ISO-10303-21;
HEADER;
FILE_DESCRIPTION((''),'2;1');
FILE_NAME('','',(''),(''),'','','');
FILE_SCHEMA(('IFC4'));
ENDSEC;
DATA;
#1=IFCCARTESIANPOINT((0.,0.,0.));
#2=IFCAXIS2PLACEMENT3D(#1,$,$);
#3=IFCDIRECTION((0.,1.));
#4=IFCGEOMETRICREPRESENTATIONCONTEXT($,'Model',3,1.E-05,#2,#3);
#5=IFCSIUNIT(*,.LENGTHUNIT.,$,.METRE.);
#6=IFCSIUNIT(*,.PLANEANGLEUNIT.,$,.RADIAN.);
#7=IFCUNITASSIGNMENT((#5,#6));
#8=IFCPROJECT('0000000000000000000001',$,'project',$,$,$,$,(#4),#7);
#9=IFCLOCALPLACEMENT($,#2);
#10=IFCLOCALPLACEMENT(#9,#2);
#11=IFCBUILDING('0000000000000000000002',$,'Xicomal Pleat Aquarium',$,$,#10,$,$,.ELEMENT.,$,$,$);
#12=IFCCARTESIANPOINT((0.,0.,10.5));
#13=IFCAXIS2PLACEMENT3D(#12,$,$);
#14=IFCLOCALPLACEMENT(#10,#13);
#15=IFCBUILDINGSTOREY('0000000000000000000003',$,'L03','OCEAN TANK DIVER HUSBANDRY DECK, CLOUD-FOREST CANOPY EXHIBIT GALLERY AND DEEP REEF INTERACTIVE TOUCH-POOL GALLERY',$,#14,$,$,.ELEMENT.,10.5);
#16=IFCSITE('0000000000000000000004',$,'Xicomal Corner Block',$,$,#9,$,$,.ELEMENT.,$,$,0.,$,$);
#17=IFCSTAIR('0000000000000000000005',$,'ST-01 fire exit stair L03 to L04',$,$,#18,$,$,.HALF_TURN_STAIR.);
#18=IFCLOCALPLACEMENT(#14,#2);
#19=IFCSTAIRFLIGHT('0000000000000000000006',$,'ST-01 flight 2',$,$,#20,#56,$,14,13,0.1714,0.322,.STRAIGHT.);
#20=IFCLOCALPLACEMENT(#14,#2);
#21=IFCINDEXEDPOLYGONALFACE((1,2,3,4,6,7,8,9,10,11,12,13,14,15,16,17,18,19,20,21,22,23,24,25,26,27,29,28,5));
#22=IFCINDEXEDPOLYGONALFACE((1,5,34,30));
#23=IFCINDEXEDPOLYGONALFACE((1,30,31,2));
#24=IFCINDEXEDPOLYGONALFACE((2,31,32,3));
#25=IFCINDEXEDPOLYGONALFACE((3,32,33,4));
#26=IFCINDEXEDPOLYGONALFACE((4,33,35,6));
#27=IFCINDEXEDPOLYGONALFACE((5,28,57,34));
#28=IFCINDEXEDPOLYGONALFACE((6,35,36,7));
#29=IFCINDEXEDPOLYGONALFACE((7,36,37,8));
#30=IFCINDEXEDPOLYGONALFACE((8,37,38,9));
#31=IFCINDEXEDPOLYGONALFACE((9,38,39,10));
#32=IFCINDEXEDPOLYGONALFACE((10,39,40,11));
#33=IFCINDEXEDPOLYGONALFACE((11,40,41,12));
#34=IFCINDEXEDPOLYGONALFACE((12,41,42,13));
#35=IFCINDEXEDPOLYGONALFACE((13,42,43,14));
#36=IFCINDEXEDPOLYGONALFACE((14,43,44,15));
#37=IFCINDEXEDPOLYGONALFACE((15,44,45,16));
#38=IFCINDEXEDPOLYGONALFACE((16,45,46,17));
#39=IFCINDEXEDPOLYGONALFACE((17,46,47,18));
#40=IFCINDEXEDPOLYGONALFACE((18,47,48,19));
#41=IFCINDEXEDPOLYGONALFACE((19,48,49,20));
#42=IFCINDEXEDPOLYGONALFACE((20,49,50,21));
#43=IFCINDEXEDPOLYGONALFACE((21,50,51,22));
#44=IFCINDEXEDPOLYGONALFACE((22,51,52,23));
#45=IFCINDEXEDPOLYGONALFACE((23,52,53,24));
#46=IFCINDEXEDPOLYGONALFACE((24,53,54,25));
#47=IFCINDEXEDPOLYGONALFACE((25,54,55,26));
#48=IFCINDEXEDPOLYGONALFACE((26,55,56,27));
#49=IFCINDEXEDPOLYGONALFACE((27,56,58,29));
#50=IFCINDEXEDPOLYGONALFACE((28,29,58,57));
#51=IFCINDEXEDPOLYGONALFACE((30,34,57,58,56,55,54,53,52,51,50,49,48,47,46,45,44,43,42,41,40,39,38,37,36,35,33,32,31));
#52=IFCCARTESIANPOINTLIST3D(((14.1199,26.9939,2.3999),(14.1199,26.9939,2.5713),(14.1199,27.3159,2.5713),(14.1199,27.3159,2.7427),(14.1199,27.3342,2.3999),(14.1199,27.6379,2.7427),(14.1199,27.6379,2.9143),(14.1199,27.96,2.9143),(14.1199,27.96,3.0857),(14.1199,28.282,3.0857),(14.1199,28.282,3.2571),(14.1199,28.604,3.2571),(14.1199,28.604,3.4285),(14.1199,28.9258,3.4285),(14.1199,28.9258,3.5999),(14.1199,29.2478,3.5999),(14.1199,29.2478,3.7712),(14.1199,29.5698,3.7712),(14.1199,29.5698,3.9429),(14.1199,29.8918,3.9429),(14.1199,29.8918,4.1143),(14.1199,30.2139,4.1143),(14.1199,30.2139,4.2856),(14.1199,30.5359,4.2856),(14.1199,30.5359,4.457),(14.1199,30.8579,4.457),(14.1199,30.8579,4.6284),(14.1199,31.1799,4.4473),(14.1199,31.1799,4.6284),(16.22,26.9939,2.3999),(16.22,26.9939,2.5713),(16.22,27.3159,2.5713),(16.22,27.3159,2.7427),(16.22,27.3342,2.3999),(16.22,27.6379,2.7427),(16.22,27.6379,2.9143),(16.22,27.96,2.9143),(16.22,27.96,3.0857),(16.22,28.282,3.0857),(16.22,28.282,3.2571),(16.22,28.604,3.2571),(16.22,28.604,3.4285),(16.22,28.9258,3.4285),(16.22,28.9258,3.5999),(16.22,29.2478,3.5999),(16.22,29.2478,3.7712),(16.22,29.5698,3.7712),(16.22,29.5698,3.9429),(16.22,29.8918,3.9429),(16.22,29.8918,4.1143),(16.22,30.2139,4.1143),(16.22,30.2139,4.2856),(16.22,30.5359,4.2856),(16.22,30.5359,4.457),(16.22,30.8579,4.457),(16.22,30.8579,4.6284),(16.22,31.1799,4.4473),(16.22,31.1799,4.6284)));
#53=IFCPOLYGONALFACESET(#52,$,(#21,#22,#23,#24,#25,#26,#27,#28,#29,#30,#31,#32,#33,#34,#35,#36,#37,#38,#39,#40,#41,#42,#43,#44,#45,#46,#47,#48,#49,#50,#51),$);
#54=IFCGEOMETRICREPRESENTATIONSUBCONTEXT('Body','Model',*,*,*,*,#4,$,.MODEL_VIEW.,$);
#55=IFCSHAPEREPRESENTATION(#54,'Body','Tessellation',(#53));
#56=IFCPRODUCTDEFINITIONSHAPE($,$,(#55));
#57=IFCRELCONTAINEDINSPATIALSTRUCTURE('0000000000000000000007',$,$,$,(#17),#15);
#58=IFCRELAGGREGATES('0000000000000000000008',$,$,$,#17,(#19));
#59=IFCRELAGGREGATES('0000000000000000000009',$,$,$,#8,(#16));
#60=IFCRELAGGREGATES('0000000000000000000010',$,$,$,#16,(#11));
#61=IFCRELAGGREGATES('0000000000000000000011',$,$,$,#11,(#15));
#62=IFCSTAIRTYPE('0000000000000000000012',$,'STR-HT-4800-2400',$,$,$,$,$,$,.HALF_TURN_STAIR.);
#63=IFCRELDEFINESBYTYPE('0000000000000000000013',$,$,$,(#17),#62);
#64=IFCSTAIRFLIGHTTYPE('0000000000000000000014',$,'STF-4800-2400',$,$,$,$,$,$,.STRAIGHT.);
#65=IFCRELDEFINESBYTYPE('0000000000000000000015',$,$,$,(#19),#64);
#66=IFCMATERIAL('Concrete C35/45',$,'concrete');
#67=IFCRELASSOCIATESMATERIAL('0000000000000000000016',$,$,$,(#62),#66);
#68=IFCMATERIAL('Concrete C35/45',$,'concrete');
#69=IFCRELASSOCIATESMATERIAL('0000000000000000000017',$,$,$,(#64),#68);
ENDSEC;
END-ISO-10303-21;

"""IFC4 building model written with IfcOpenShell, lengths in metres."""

from ifc_helpers import new_model, si_unit, direction, frame, origin, place, context, subcontext, project, spatial, polyline, outline, extrude, material, type_object, element, aggregate, save


model = new_model("IFC4")

# Units and contexts
model_context = context("Model", 3, precision=1e-05, world=origin(), true_north=direction((0.0, 1.0)))
body_context = subcontext(model_context, "Body", "Model", "MODEL_VIEW")
ifc_project = project(units=[si_unit("LENGTHUNIT", "METRE"), si_unit("PLANEANGLEUNIT", "RADIAN")], contexts=[model_context])

# Site, building, storey
site_placement = place(None, origin())
site = spatial("IfcSite", under=ifc_project, at=site_placement, Name="Xicomal Corner Block", CompositionType="ELEMENT", RefElevation=0.0)
building_placement = place(site_placement, origin())
building = spatial("IfcBuilding", under=site, at=building_placement, Name="Xicomal Pleat Aquarium", CompositionType="ELEMENT")
storey_placement = place(building_placement, frame((0.0, 0.0, 10.5)))
storey = spatial("IfcBuildingStorey", under=building, at=storey_placement, Name="L03", Description="OCEAN TANK DIVER HUSBANDRY DECK, CLOUD-FOREST CANOPY EXHIBIT GALLERY AND DEEP REEF INTERACTIVE TOUCH-POOL GALLERY", CompositionType="ELEMENT", Elevation=10.5)

# Stair, stair flight
ifc_material_1 = material(Name="Concrete C35/45", Category="concrete")
stair_type = type_object("IfcStairType", Name="STR-HT-4800-2400", PredefinedType="HALF_TURN_STAIR", material=ifc_material_1)
stair_placement = place(storey_placement, origin())
stair = element("IfcStair", 1, at=stair_placement, inside=storey, type_object=stair_type, Name="ST-01 fire exit stair L03 to L04", PredefinedType="HALF_TURN_STAIR")
ifc_material_2 = material(Name="Concrete C35/45", Category="concrete")
stair_flight_type = type_object("IfcStairFlightType", Name="STF-4800-2400", PredefinedType="STRAIGHT", material=ifc_material_2)
stair_flight_1_placement = place(storey_placement, frame((15.1699, 26.9939, 2.3999), z_axis=(0.0, 0.0, 1.0), x_axis=(0.0, 1.0, 0.0)))
stair_flight_1 = element("IfcStairFlight", 2, at=stair_flight_1_placement, type_object=stair_flight_type, Name="ST-01 flight 2", NumberOfRisers=14, NumberOfTreads=13, PredefinedType="STRAIGHT", RiserHeight=0.1714, TreadLength=0.322, context=body_context, shape_type="SweptSolid", body=[
    extrude(outline(polyline([(0.0, 0.0), (0.0, 0.1714), (0.322, 0.1714), (0.322, 0.3428), (0.644, 0.3428), (0.644, 0.5144), (0.9661, 0.5144), (0.9661, 0.6858), (1.2881, 0.6858), (1.2881, 0.8572), (1.6101, 0.8572), (1.6101, 1.0286), (1.9319, 1.0286), (1.9319, 1.2), (2.2539, 1.2), (2.2539, 1.3713), (2.5759, 1.3713), (2.5759, 1.543), (2.8979, 1.543), (2.8979, 1.7144), (3.22, 1.7144), (3.22, 1.8857), (3.542, 1.8857), (3.542, 2.0571), (3.864, 2.0571), (3.864, 2.2285), (4.186, 2.2285), (4.186, 2.3999), (4.186, 2.0474), (0.3403, 0.0), (0.0, 0.0)])), frame((0.0, 1.05, 0.0), z_axis=(0.0, -1.0, 0.0), x_axis=(1.0, 0.0, 0.0)), (0.0, 0.0, 1.0), 2.1001),
])
aggregate(stair, [stair_flight_1])

save(model, "model.ifc")
